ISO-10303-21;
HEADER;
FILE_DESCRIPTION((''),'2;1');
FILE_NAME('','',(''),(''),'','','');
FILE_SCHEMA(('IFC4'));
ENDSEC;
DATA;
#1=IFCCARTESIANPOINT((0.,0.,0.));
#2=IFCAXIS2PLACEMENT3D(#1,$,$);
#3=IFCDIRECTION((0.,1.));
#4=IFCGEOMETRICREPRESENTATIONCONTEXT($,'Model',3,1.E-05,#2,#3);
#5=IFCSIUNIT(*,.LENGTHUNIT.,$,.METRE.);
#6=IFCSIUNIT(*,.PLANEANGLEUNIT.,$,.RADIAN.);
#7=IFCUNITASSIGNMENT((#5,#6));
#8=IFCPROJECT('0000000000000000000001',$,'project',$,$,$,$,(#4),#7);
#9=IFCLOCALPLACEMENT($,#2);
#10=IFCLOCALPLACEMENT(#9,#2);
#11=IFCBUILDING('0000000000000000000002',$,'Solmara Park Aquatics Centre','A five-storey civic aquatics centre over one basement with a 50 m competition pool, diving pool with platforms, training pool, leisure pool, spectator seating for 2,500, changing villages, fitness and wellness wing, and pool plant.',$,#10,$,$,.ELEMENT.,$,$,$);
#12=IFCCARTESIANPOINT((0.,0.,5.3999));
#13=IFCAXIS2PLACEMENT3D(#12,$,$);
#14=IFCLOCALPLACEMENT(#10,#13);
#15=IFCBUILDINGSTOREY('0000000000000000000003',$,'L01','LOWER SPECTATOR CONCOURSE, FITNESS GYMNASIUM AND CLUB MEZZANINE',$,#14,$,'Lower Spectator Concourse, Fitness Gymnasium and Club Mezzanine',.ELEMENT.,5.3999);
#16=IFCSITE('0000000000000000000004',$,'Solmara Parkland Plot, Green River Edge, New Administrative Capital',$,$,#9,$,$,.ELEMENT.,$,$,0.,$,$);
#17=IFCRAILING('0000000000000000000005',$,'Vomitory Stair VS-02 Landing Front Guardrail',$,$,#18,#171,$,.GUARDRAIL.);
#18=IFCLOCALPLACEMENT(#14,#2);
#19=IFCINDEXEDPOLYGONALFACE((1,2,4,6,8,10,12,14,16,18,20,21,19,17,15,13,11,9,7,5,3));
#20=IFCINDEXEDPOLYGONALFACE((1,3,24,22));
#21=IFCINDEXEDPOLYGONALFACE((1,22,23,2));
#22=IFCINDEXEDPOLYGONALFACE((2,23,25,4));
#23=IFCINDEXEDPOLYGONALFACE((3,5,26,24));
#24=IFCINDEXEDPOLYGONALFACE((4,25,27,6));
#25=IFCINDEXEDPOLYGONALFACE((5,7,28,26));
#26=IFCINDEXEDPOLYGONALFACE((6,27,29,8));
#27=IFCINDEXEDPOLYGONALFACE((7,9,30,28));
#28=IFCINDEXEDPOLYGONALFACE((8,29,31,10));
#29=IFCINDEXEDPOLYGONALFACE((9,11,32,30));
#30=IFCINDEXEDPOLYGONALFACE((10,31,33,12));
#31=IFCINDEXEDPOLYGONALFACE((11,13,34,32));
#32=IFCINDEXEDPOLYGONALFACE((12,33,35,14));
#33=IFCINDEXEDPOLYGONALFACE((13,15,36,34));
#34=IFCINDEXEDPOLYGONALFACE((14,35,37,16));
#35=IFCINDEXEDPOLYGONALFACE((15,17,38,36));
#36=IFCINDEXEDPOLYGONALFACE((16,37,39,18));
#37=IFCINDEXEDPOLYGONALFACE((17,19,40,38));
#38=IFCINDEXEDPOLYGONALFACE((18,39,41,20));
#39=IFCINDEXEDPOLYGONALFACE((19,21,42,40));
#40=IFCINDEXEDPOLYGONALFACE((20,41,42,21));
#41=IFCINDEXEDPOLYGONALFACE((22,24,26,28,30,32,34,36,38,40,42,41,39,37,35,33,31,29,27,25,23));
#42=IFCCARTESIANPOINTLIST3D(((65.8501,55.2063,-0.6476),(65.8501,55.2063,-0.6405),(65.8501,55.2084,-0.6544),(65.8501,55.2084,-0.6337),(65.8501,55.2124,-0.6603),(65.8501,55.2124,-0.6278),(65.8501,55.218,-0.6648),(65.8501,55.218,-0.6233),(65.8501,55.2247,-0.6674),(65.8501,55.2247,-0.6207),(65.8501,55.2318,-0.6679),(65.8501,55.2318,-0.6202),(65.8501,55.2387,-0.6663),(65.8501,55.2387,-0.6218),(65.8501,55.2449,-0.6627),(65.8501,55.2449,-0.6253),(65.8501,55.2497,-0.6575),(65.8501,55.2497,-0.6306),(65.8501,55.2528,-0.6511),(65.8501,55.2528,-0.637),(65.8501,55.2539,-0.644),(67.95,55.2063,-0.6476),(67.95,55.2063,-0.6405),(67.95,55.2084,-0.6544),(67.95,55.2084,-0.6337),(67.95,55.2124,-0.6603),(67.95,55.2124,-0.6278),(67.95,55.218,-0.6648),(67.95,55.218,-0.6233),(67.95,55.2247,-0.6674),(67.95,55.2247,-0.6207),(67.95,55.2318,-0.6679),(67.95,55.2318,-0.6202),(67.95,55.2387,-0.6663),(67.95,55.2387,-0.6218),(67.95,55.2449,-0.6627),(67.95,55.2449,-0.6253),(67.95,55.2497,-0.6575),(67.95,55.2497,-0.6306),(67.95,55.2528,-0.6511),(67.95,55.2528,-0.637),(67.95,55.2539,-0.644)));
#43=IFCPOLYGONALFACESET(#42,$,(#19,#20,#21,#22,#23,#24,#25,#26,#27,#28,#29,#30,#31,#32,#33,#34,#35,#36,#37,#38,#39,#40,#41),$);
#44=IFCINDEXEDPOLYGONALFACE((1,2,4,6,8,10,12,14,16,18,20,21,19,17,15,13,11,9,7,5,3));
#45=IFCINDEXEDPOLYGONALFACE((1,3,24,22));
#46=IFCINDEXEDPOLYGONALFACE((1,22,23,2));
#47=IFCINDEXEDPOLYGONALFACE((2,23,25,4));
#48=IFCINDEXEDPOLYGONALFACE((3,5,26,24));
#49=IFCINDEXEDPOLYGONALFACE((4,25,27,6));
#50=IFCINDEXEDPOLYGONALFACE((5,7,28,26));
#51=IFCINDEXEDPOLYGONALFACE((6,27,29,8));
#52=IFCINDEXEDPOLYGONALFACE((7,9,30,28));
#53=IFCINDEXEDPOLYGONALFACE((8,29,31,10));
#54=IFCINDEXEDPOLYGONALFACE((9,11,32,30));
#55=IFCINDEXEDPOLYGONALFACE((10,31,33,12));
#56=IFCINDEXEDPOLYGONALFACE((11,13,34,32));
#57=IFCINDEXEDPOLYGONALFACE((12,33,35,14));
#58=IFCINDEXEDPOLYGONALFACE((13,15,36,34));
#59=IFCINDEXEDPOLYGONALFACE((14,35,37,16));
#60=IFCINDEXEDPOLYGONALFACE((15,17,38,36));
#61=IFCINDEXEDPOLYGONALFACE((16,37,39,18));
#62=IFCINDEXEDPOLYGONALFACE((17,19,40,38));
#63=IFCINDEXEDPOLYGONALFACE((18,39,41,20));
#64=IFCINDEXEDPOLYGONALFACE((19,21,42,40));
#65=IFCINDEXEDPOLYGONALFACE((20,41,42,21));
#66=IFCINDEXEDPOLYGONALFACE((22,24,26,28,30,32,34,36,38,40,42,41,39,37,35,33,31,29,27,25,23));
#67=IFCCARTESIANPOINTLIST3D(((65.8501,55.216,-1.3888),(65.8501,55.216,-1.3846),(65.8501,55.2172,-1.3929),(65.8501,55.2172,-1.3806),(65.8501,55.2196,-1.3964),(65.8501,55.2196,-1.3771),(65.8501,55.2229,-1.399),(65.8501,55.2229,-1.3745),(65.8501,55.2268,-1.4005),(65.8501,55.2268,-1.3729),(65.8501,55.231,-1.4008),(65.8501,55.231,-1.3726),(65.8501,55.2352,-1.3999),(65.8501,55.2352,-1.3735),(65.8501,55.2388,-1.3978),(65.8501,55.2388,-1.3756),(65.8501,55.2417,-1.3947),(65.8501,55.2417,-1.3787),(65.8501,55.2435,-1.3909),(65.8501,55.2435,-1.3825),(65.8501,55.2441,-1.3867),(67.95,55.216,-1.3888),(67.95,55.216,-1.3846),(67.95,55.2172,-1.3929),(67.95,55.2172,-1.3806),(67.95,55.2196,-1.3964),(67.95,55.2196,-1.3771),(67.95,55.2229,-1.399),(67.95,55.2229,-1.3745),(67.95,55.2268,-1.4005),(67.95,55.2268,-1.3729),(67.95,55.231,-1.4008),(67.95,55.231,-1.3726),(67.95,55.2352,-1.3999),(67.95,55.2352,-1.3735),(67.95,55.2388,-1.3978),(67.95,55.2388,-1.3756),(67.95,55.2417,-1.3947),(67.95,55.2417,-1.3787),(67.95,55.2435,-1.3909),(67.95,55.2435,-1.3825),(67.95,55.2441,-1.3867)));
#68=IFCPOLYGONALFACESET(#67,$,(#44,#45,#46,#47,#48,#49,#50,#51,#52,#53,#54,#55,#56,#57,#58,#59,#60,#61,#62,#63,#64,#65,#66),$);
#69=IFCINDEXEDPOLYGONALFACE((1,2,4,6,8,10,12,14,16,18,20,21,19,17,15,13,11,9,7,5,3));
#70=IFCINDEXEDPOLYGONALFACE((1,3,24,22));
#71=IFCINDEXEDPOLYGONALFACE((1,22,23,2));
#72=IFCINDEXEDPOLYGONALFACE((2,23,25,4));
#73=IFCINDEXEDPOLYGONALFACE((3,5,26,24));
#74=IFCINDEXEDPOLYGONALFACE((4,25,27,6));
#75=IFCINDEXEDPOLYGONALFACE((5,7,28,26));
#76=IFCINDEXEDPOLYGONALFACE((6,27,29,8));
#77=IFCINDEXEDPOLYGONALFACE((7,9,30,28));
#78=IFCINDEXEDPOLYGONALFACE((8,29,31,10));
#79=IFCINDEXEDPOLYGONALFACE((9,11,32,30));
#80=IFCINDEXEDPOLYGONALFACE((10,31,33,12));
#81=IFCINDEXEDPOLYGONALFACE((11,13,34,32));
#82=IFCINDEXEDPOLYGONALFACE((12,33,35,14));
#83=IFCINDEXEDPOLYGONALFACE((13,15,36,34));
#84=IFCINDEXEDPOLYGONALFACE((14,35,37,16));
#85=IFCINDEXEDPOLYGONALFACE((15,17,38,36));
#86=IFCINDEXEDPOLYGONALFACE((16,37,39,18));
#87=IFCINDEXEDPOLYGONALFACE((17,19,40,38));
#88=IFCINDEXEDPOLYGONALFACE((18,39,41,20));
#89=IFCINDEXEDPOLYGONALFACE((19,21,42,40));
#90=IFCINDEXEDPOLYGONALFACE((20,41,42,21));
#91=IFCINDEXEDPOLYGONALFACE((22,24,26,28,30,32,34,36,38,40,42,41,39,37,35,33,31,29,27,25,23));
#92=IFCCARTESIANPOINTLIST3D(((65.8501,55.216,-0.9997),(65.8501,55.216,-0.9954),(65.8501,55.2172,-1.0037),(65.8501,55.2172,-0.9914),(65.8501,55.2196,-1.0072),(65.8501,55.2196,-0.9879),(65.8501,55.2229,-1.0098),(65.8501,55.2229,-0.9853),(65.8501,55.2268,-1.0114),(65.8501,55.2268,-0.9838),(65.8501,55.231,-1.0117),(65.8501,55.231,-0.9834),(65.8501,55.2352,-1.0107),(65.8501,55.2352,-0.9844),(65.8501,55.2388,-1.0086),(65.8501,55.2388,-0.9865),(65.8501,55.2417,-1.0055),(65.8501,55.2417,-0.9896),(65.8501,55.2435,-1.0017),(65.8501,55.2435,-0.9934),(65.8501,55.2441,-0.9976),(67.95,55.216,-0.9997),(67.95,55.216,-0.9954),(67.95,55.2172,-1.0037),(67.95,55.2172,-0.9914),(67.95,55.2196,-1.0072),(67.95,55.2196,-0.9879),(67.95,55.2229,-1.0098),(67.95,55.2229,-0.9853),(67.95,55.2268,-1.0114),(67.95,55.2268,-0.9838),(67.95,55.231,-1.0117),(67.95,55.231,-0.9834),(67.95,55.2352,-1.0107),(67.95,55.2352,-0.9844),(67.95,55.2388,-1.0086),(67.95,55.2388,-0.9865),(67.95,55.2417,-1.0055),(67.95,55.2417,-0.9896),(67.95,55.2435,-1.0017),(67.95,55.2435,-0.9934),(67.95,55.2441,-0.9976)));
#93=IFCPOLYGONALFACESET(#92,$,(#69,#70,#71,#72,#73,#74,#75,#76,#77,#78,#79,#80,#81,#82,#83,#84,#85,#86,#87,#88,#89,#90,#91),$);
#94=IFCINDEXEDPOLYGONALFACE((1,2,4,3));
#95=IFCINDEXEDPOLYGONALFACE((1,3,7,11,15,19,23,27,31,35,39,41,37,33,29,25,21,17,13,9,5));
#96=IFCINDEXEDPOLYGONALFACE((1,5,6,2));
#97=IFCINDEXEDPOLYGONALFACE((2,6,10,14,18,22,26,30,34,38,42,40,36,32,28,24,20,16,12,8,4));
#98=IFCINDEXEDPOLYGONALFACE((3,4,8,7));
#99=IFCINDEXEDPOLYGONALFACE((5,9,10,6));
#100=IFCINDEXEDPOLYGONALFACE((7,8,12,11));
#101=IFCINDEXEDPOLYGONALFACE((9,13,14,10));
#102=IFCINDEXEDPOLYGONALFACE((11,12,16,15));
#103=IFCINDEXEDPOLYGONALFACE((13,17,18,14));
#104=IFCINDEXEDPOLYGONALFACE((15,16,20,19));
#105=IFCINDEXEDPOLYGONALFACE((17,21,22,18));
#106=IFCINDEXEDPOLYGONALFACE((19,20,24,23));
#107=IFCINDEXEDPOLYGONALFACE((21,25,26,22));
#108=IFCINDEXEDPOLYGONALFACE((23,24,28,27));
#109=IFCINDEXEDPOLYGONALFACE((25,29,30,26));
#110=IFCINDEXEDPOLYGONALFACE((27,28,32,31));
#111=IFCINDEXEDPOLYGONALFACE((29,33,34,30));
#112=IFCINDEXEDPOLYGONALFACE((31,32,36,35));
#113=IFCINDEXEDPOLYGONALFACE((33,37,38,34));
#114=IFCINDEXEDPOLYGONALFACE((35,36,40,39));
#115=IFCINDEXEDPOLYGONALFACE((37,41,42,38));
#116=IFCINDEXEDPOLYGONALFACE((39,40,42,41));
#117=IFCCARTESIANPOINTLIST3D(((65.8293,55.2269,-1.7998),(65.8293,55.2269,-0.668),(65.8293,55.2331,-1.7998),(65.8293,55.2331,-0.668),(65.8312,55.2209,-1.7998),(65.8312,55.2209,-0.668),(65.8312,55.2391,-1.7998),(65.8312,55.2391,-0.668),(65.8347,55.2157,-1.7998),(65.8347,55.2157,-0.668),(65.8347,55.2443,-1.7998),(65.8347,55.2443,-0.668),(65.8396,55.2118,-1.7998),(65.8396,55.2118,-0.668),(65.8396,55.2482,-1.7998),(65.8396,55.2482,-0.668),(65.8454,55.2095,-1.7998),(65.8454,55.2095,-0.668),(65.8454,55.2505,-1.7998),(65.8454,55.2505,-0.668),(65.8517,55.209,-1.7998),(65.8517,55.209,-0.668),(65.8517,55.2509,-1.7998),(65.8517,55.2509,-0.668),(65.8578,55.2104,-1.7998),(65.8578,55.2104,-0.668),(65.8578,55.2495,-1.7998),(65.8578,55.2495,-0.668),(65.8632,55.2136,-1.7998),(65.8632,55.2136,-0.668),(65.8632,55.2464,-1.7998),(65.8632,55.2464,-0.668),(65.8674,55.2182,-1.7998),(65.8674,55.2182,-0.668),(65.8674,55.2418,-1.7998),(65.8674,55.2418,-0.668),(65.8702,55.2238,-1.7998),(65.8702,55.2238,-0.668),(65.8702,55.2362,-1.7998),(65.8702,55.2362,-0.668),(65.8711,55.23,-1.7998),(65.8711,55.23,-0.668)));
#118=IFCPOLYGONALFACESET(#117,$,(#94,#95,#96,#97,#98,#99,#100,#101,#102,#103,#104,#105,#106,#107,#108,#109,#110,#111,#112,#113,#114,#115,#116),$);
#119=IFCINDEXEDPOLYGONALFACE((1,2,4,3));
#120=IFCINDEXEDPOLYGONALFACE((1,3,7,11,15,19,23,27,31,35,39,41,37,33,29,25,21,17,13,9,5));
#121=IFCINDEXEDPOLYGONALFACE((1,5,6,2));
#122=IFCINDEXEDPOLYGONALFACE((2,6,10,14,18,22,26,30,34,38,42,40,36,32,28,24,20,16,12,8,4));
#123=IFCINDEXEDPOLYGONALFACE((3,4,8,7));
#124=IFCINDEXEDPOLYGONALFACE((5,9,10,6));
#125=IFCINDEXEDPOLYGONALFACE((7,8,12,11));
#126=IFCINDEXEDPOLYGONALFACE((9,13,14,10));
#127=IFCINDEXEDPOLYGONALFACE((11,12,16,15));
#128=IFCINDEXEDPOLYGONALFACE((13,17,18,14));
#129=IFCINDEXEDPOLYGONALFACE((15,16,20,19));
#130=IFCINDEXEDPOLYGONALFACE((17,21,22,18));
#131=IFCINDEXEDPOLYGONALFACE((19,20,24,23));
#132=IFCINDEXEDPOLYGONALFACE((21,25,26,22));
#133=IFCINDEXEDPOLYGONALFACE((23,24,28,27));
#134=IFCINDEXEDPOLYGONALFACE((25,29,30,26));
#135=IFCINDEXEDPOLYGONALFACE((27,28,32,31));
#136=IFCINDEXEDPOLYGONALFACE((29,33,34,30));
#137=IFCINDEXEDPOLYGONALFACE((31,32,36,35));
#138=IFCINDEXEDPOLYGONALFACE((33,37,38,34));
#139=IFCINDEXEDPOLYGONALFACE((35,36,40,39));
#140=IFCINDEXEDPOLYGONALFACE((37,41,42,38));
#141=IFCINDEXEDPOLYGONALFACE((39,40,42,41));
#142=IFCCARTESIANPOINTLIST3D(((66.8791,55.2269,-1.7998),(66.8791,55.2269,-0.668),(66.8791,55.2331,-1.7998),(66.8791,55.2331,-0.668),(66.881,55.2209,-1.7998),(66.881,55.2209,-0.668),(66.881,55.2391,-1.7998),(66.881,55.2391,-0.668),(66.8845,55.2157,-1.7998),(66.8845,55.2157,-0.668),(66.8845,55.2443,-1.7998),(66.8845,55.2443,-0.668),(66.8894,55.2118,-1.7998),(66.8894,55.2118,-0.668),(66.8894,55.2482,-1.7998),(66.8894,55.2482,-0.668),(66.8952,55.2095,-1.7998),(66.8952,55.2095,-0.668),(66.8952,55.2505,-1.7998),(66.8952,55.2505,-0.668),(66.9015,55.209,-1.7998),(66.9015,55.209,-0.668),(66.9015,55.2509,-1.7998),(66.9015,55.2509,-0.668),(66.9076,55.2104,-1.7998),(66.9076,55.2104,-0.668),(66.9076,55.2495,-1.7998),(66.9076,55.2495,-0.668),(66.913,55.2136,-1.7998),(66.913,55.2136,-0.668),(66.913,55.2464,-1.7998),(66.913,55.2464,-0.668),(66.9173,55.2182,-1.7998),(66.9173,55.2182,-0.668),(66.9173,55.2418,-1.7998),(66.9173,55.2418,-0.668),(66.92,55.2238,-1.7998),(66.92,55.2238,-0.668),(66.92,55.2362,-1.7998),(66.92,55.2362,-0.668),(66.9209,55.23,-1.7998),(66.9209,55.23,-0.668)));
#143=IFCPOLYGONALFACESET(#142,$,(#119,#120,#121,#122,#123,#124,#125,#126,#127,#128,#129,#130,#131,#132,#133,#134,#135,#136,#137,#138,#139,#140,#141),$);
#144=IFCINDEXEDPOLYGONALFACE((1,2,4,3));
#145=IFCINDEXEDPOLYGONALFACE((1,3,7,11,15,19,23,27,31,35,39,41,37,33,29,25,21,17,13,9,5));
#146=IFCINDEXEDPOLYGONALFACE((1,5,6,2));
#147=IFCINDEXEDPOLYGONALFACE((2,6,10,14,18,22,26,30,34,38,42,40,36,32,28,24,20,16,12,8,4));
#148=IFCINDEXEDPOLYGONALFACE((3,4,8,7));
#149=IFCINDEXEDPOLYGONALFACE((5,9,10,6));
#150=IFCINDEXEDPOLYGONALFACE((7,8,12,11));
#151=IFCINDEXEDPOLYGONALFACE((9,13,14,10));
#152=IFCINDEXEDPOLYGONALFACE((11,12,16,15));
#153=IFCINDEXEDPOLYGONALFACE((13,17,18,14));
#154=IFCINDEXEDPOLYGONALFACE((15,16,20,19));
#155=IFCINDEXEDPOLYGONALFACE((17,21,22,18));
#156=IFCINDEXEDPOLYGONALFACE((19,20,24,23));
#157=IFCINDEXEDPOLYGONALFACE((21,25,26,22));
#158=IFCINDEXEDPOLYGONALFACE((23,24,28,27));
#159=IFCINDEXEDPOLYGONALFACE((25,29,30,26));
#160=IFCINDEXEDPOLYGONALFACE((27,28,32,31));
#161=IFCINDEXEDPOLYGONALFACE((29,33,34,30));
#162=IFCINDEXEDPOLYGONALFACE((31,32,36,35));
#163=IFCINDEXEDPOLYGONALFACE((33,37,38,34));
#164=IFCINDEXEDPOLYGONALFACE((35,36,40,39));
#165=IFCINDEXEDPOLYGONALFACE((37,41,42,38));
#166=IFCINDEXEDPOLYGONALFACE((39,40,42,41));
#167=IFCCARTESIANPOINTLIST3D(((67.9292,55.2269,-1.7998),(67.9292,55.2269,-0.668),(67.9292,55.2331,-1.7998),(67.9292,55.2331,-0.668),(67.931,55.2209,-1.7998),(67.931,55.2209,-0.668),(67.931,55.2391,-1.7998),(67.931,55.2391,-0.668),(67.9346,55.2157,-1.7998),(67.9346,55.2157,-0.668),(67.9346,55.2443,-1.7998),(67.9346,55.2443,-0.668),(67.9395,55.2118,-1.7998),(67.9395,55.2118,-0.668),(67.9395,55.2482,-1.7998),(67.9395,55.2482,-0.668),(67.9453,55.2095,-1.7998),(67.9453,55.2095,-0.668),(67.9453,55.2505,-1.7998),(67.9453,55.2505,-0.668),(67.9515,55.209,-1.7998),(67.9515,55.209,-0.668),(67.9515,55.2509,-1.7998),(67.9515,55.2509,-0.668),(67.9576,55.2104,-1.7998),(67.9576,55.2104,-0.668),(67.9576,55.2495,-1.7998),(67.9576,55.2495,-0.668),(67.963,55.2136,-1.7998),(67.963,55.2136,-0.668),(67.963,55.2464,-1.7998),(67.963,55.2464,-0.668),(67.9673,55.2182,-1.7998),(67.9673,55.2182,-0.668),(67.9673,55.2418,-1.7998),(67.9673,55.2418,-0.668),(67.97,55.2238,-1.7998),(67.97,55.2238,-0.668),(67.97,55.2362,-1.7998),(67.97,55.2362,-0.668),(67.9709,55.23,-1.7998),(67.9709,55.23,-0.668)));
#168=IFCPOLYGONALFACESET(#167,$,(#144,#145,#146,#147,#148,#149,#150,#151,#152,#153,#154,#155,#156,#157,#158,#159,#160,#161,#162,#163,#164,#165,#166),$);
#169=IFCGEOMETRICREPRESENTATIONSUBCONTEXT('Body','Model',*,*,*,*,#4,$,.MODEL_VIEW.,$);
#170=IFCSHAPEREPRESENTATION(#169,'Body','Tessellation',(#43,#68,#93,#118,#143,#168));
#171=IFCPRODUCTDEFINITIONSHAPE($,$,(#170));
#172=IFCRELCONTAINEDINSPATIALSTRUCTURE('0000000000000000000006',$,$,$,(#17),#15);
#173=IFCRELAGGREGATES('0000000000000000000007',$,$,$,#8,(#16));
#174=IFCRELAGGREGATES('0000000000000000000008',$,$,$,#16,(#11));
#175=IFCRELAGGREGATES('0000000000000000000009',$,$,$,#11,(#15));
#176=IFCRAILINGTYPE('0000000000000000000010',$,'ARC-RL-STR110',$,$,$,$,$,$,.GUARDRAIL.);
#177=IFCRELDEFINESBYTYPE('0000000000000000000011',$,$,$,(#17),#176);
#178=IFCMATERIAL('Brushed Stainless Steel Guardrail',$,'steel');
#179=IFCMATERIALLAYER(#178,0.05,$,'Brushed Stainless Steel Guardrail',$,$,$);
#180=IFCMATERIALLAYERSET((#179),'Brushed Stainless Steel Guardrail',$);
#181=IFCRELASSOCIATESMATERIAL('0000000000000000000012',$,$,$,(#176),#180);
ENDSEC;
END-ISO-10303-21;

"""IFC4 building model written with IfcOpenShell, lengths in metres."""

from ifc_helpers import new_model, si_unit, direction, frame, origin, origin_2d, place, context, subcontext, project, spatial, circle, extrude, material, layer, layer_set, type_object, element, save


model = new_model("IFC4")

# Units and contexts
model_context = context("Model", 3, precision=1e-05, world=origin(), true_north=direction((0.0, 1.0)))
body_context = subcontext(model_context, "Body", "Model", "MODEL_VIEW")
ifc_project = project(units=[si_unit("LENGTHUNIT", "METRE"), si_unit("PLANEANGLEUNIT", "RADIAN")], contexts=[model_context])

# Site, building, storey
site_placement = place(None, origin())
site = spatial("IfcSite", under=ifc_project, at=site_placement, Name="Solmara Parkland Plot, Green River Edge, New Administrative Capital", CompositionType="ELEMENT", RefElevation=0.0)
building_placement = place(site_placement, origin())
building = spatial("IfcBuilding", under=site, at=building_placement, Name="Solmara Park Aquatics Centre", Description="A five-storey civic aquatics centre over one basement with a 50 m competition pool, diving pool with platforms, training pool, leisure pool, spectator seating for 2,500, changing villages, fitness and wellness wing, and pool plant.", CompositionType="ELEMENT")
storey_placement = place(building_placement, frame((0.0, 0.0, 5.3999)))
storey = spatial("IfcBuildingStorey", under=building, at=storey_placement, Name="L01", Description="LOWER SPECTATOR CONCOURSE, FITNESS GYMNASIUM AND CLUB MEZZANINE", LongName="Lower Spectator Concourse, Fitness Gymnasium and Club Mezzanine", CompositionType="ELEMENT", Elevation=5.3999)

# Railing
ifc_material_1 = material(Name="Brushed Stainless Steel Guardrail", Category="steel")
ifc_layer_1 = layer(ifc_material_1, 0.05, Name="Brushed Stainless Steel Guardrail")
ifc_layer_set_1 = layer_set([ifc_layer_1], Name="Brushed Stainless Steel Guardrail")
railing_type_1 = type_object("IfcRailingType", Name="ARC-RL-STR110", PredefinedType="GUARDRAIL", material=ifc_layer_set_1)
railing_1_placement = place(storey_placement, frame((65.8501, 55.23, -1.7998)))
element("IfcRailing", 1, at=railing_1_placement, inside=storey, type_object=railing_type_1, Name="Vomitory Stair VS-02 Landing Front Guardrail", PredefinedType="GUARDRAIL", context=body_context, shape_type="SweptSolid", body=[
    extrude(circle(Radius=0.0239, at=origin_2d()), frame((0.0, 0.0, 1.1558), z_axis=(1.0, 0.0, 0.0), x_axis=(0.0, 1.0, 0.0)), (0.0, 0.0, 1.0), 2.0999),
    extrude(circle(Radius=0.0142, at=origin_2d()), frame((0.0, 0.0, 0.4131), z_axis=(1.0, 0.0, 0.0), x_axis=(0.0, 1.0, 0.0)), (0.0, 0.0, 1.0), 2.0999),
    extrude(circle(Radius=0.0142, at=origin_2d()), frame((0.0, 0.0, 0.8022), z_axis=(1.0, 0.0, 0.0), x_axis=(0.0, 1.0, 0.0)), (0.0, 0.0, 1.0), 2.0999),
    extrude(circle(Radius=0.021, at=origin_2d()), origin(), (0.0, 0.0, 1.0), 1.1318),
    extrude(circle(Radius=0.021, at=origin_2d()), frame((1.0498, 0.0, 0.0)), (0.0, 0.0, 1.0), 1.1318),
    extrude(circle(Radius=0.021, at=origin_2d()), frame((2.0999, 0.0, 0.0)), (0.0, 0.0, 1.0), 1.1318),
])

save(model, "model.ifc")
